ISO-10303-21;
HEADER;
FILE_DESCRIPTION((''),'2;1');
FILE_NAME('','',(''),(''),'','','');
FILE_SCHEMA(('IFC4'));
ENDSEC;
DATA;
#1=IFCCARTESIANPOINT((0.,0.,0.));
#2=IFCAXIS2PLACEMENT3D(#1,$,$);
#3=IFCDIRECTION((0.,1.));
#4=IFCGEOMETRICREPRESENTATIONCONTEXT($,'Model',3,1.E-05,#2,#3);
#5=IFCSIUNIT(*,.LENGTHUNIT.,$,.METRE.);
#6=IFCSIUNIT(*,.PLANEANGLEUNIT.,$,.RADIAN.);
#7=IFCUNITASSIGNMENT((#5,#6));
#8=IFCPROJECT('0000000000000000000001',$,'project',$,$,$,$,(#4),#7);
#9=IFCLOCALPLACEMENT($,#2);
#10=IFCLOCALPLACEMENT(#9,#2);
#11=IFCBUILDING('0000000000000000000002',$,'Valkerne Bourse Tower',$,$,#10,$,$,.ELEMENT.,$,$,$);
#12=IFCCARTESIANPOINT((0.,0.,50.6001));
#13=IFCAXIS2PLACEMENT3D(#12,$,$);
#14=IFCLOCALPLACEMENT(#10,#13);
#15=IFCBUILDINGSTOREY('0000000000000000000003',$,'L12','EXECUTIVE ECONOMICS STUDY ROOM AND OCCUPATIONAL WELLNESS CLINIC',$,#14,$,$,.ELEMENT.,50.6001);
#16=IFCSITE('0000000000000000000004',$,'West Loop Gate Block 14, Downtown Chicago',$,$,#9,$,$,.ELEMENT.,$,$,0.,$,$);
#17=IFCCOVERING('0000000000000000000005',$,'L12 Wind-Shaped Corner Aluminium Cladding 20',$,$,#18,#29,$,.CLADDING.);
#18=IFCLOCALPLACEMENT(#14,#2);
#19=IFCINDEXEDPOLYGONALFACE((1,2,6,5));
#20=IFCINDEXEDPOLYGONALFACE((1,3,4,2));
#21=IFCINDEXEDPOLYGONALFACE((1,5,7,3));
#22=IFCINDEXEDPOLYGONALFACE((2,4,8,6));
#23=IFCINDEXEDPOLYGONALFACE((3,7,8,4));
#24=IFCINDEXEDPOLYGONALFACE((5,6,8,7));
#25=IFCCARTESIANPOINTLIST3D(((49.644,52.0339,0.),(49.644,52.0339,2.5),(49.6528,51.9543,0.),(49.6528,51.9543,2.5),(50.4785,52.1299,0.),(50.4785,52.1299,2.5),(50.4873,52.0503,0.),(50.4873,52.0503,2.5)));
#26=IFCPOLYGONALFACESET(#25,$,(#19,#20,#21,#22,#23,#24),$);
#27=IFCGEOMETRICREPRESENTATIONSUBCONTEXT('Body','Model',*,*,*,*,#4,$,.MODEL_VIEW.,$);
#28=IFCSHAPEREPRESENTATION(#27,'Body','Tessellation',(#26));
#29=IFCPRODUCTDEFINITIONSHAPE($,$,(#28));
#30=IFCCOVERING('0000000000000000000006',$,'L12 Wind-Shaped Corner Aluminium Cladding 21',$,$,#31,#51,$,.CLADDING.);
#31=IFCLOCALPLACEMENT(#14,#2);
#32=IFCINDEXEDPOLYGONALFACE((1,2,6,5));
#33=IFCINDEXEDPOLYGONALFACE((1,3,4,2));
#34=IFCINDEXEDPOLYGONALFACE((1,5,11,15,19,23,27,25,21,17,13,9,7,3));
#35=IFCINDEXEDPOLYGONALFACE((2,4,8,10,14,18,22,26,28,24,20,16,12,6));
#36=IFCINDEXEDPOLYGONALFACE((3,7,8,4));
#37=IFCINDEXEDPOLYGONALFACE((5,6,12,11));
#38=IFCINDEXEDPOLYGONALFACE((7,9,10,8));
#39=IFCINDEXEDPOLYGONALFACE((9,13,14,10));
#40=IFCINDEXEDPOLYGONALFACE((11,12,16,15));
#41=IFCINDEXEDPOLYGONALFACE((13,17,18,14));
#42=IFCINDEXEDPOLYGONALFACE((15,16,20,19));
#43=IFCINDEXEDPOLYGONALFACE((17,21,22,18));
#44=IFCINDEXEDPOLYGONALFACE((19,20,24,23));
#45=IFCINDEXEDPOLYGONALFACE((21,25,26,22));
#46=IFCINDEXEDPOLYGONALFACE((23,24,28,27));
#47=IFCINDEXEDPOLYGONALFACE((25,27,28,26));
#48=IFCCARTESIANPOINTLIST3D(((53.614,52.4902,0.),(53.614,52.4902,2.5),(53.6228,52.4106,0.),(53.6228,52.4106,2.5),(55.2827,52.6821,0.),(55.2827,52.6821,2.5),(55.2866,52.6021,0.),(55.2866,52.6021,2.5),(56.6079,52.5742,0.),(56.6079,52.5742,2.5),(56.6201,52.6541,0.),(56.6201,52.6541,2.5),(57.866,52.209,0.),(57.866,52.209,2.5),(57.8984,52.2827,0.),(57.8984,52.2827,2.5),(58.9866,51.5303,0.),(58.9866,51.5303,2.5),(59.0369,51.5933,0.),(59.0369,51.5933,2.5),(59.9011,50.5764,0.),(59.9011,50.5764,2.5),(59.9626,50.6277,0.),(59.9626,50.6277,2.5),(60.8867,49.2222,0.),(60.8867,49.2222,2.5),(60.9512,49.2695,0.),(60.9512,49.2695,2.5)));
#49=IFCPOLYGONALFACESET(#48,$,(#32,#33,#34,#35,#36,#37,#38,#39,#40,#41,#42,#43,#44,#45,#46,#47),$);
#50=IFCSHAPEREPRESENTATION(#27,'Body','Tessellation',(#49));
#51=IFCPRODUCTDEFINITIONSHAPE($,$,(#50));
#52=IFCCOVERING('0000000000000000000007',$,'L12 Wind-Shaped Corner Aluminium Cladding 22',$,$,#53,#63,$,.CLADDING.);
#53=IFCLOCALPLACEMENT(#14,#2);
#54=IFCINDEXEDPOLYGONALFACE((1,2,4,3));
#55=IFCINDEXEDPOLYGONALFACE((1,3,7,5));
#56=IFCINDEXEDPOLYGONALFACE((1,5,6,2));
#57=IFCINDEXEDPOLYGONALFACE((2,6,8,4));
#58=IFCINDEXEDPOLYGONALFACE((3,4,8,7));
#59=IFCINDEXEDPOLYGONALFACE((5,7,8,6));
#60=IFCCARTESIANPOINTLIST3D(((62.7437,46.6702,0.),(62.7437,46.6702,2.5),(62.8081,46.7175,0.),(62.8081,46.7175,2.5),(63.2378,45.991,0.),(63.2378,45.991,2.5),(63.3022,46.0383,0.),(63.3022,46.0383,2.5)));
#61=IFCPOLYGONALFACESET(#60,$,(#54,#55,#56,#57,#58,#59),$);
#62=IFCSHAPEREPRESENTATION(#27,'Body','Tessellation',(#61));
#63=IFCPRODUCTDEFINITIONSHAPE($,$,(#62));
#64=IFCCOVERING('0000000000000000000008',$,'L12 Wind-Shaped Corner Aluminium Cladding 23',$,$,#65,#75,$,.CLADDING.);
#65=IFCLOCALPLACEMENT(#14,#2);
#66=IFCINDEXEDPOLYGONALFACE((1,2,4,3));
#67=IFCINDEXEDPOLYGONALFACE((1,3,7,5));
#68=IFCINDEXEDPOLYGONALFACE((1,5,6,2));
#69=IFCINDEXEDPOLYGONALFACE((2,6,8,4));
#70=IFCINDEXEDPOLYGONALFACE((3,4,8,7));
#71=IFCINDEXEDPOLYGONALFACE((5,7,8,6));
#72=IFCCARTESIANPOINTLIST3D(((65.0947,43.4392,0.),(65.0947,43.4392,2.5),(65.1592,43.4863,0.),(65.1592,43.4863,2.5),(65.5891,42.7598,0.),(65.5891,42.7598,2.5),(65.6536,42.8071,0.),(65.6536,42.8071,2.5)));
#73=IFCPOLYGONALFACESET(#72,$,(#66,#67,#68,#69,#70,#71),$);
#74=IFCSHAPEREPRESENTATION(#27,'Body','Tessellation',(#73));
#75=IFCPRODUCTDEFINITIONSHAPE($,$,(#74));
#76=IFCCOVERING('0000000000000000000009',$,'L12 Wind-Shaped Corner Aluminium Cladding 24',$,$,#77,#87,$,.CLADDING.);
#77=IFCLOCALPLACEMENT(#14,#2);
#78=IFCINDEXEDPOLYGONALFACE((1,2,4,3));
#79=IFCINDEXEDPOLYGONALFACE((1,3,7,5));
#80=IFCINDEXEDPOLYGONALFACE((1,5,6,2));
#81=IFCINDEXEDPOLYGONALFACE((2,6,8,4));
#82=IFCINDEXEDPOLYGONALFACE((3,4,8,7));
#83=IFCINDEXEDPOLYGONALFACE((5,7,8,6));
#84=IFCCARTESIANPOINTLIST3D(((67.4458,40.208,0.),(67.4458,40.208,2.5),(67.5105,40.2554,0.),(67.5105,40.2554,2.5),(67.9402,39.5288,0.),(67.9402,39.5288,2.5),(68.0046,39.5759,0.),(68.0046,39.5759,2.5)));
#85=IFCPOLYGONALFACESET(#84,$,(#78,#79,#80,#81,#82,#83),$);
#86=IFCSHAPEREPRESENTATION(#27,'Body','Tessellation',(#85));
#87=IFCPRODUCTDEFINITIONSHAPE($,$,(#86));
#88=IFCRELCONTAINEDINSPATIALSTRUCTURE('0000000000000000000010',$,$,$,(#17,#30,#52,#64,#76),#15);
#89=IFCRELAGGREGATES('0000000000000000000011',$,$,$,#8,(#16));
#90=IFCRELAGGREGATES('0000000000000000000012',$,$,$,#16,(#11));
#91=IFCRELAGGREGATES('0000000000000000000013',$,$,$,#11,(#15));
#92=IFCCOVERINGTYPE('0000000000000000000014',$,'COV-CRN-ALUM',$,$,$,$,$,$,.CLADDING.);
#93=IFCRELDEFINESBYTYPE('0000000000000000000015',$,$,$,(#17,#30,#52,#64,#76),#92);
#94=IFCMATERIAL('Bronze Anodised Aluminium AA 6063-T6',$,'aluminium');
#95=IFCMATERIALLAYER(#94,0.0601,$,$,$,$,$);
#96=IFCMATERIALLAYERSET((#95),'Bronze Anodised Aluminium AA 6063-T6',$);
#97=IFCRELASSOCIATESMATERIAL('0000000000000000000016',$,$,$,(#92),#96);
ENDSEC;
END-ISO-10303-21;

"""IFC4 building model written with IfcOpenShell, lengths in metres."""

from ifc_helpers import new_model, si_unit, direction, frame, origin, place, context, subcontext, project, spatial, polyline, outline, extrude, material, layer, layer_set, type_object, element, save


model = new_model("IFC4")

# Units and contexts
model_context = context("Model", 3, precision=1e-05, world=origin(), true_north=direction((0.0, 1.0)))
body_context = subcontext(model_context, "Body", "Model", "MODEL_VIEW")
ifc_project = project(units=[si_unit("LENGTHUNIT", "METRE"), si_unit("PLANEANGLEUNIT", "RADIAN")], contexts=[model_context])

# Site, building, storey
site_placement = place(None, origin())
site = spatial("IfcSite", under=ifc_project, at=site_placement, Name="West Loop Gate Block 14, Downtown Chicago", CompositionType="ELEMENT", RefElevation=0.0)
building_placement = place(site_placement, origin())
building = spatial("IfcBuilding", under=site, at=building_placement, Name="Valkerne Bourse Tower", CompositionType="ELEMENT")
storey_placement = place(building_placement, frame((0.0, 0.0, 50.6001)))
storey = spatial("IfcBuildingStorey", under=building, at=storey_placement, Name="L12", Description="EXECUTIVE ECONOMICS STUDY ROOM AND OCCUPATIONAL WELLNESS CLINIC", CompositionType="ELEMENT", Elevation=50.6001)

# Coverings
ifc_material_1 = material(Name="Bronze Anodised Aluminium AA 6063-T6", Category="aluminium")
ifc_layer_1 = layer(ifc_material_1, 0.0601)
ifc_layer_set_1 = layer_set([ifc_layer_1], Name="Bronze Anodised Aluminium AA 6063-T6")
covering_type = type_object("IfcCoveringType", Name="COV-CRN-ALUM", PredefinedType="CLADDING", material=ifc_layer_set_1)
covering_1_placement = place(storey_placement, origin())
element("IfcCovering", 1, at=covering_1_placement, inside=storey, type_object=covering_type, Name="L12 Wind-Shaped Corner Aluminium Cladding 20", PredefinedType="CLADDING", context=body_context, shape_type="SweptSolid", body=[
    extrude(outline(polyline([(50.4785, 52.1299), (50.4873, 52.0503), (49.6528, 51.9543), (49.644, 52.0339), (50.4785, 52.1299)])), origin(), (0.0, 0.0, 1.0), 2.5),
])
covering_2_placement = place(storey_placement, origin())
element("IfcCovering", 2, at=covering_2_placement, inside=storey, type_object=covering_type, Name="L12 Wind-Shaped Corner Aluminium Cladding 21", PredefinedType="CLADDING", context=body_context, shape_type="SweptSolid", body=[
    extrude(outline(polyline([(55.2827, 52.6821), (56.6201, 52.6541), (57.8984, 52.2827), (59.0369, 51.5933), (59.9626, 50.6277), (60.9512, 49.2695), (60.8867, 49.2222), (59.9011, 50.5764), (58.9866, 51.5303), (57.866, 52.209), (56.6079, 52.5742), (55.2866, 52.6021), (53.6228, 52.4106), (53.614, 52.4902), (55.2827, 52.6821)])), origin(), (0.0, 0.0, 1.0), 2.5),
])
covering_3_placement = place(storey_placement, origin())
element("IfcCovering", 3, at=covering_3_placement, inside=storey, type_object=covering_type, Name="L12 Wind-Shaped Corner Aluminium Cladding 22", PredefinedType="CLADDING", context=body_context, shape_type="SweptSolid", body=[
    extrude(outline(polyline([(63.3022, 46.0383), (63.2378, 45.991), (62.7437, 46.6702), (62.8081, 46.7175), (63.3022, 46.0383)])), origin(), (0.0, 0.0, 1.0), 2.5),
])
covering_4_placement = place(storey_placement, origin())
element("IfcCovering", 4, at=covering_4_placement, inside=storey, type_object=covering_type, Name="L12 Wind-Shaped Corner Aluminium Cladding 23", PredefinedType="CLADDING", context=body_context, shape_type="SweptSolid", body=[
    extrude(outline(polyline([(65.6536, 42.8071), (65.5891, 42.7598), (65.0947, 43.4392), (65.1592, 43.4863), (65.6536, 42.8071)])), origin(), (0.0, 0.0, 1.0), 2.5),
])
covering_5_placement = place(storey_placement, origin())
element("IfcCovering", 5, at=covering_5_placement, inside=storey, type_object=covering_type, Name="L12 Wind-Shaped Corner Aluminium Cladding 24", PredefinedType="CLADDING", context=body_context, shape_type="SweptSolid", body=[
    extrude(outline(polyline([(68.0046, 39.5759), (67.9402, 39.5288), (67.4458, 40.208), (67.5105, 40.2554), (68.0046, 39.5759)])), origin(), (0.0, 0.0, 1.0), 2.5),
])

save(model, "model.ifc")
